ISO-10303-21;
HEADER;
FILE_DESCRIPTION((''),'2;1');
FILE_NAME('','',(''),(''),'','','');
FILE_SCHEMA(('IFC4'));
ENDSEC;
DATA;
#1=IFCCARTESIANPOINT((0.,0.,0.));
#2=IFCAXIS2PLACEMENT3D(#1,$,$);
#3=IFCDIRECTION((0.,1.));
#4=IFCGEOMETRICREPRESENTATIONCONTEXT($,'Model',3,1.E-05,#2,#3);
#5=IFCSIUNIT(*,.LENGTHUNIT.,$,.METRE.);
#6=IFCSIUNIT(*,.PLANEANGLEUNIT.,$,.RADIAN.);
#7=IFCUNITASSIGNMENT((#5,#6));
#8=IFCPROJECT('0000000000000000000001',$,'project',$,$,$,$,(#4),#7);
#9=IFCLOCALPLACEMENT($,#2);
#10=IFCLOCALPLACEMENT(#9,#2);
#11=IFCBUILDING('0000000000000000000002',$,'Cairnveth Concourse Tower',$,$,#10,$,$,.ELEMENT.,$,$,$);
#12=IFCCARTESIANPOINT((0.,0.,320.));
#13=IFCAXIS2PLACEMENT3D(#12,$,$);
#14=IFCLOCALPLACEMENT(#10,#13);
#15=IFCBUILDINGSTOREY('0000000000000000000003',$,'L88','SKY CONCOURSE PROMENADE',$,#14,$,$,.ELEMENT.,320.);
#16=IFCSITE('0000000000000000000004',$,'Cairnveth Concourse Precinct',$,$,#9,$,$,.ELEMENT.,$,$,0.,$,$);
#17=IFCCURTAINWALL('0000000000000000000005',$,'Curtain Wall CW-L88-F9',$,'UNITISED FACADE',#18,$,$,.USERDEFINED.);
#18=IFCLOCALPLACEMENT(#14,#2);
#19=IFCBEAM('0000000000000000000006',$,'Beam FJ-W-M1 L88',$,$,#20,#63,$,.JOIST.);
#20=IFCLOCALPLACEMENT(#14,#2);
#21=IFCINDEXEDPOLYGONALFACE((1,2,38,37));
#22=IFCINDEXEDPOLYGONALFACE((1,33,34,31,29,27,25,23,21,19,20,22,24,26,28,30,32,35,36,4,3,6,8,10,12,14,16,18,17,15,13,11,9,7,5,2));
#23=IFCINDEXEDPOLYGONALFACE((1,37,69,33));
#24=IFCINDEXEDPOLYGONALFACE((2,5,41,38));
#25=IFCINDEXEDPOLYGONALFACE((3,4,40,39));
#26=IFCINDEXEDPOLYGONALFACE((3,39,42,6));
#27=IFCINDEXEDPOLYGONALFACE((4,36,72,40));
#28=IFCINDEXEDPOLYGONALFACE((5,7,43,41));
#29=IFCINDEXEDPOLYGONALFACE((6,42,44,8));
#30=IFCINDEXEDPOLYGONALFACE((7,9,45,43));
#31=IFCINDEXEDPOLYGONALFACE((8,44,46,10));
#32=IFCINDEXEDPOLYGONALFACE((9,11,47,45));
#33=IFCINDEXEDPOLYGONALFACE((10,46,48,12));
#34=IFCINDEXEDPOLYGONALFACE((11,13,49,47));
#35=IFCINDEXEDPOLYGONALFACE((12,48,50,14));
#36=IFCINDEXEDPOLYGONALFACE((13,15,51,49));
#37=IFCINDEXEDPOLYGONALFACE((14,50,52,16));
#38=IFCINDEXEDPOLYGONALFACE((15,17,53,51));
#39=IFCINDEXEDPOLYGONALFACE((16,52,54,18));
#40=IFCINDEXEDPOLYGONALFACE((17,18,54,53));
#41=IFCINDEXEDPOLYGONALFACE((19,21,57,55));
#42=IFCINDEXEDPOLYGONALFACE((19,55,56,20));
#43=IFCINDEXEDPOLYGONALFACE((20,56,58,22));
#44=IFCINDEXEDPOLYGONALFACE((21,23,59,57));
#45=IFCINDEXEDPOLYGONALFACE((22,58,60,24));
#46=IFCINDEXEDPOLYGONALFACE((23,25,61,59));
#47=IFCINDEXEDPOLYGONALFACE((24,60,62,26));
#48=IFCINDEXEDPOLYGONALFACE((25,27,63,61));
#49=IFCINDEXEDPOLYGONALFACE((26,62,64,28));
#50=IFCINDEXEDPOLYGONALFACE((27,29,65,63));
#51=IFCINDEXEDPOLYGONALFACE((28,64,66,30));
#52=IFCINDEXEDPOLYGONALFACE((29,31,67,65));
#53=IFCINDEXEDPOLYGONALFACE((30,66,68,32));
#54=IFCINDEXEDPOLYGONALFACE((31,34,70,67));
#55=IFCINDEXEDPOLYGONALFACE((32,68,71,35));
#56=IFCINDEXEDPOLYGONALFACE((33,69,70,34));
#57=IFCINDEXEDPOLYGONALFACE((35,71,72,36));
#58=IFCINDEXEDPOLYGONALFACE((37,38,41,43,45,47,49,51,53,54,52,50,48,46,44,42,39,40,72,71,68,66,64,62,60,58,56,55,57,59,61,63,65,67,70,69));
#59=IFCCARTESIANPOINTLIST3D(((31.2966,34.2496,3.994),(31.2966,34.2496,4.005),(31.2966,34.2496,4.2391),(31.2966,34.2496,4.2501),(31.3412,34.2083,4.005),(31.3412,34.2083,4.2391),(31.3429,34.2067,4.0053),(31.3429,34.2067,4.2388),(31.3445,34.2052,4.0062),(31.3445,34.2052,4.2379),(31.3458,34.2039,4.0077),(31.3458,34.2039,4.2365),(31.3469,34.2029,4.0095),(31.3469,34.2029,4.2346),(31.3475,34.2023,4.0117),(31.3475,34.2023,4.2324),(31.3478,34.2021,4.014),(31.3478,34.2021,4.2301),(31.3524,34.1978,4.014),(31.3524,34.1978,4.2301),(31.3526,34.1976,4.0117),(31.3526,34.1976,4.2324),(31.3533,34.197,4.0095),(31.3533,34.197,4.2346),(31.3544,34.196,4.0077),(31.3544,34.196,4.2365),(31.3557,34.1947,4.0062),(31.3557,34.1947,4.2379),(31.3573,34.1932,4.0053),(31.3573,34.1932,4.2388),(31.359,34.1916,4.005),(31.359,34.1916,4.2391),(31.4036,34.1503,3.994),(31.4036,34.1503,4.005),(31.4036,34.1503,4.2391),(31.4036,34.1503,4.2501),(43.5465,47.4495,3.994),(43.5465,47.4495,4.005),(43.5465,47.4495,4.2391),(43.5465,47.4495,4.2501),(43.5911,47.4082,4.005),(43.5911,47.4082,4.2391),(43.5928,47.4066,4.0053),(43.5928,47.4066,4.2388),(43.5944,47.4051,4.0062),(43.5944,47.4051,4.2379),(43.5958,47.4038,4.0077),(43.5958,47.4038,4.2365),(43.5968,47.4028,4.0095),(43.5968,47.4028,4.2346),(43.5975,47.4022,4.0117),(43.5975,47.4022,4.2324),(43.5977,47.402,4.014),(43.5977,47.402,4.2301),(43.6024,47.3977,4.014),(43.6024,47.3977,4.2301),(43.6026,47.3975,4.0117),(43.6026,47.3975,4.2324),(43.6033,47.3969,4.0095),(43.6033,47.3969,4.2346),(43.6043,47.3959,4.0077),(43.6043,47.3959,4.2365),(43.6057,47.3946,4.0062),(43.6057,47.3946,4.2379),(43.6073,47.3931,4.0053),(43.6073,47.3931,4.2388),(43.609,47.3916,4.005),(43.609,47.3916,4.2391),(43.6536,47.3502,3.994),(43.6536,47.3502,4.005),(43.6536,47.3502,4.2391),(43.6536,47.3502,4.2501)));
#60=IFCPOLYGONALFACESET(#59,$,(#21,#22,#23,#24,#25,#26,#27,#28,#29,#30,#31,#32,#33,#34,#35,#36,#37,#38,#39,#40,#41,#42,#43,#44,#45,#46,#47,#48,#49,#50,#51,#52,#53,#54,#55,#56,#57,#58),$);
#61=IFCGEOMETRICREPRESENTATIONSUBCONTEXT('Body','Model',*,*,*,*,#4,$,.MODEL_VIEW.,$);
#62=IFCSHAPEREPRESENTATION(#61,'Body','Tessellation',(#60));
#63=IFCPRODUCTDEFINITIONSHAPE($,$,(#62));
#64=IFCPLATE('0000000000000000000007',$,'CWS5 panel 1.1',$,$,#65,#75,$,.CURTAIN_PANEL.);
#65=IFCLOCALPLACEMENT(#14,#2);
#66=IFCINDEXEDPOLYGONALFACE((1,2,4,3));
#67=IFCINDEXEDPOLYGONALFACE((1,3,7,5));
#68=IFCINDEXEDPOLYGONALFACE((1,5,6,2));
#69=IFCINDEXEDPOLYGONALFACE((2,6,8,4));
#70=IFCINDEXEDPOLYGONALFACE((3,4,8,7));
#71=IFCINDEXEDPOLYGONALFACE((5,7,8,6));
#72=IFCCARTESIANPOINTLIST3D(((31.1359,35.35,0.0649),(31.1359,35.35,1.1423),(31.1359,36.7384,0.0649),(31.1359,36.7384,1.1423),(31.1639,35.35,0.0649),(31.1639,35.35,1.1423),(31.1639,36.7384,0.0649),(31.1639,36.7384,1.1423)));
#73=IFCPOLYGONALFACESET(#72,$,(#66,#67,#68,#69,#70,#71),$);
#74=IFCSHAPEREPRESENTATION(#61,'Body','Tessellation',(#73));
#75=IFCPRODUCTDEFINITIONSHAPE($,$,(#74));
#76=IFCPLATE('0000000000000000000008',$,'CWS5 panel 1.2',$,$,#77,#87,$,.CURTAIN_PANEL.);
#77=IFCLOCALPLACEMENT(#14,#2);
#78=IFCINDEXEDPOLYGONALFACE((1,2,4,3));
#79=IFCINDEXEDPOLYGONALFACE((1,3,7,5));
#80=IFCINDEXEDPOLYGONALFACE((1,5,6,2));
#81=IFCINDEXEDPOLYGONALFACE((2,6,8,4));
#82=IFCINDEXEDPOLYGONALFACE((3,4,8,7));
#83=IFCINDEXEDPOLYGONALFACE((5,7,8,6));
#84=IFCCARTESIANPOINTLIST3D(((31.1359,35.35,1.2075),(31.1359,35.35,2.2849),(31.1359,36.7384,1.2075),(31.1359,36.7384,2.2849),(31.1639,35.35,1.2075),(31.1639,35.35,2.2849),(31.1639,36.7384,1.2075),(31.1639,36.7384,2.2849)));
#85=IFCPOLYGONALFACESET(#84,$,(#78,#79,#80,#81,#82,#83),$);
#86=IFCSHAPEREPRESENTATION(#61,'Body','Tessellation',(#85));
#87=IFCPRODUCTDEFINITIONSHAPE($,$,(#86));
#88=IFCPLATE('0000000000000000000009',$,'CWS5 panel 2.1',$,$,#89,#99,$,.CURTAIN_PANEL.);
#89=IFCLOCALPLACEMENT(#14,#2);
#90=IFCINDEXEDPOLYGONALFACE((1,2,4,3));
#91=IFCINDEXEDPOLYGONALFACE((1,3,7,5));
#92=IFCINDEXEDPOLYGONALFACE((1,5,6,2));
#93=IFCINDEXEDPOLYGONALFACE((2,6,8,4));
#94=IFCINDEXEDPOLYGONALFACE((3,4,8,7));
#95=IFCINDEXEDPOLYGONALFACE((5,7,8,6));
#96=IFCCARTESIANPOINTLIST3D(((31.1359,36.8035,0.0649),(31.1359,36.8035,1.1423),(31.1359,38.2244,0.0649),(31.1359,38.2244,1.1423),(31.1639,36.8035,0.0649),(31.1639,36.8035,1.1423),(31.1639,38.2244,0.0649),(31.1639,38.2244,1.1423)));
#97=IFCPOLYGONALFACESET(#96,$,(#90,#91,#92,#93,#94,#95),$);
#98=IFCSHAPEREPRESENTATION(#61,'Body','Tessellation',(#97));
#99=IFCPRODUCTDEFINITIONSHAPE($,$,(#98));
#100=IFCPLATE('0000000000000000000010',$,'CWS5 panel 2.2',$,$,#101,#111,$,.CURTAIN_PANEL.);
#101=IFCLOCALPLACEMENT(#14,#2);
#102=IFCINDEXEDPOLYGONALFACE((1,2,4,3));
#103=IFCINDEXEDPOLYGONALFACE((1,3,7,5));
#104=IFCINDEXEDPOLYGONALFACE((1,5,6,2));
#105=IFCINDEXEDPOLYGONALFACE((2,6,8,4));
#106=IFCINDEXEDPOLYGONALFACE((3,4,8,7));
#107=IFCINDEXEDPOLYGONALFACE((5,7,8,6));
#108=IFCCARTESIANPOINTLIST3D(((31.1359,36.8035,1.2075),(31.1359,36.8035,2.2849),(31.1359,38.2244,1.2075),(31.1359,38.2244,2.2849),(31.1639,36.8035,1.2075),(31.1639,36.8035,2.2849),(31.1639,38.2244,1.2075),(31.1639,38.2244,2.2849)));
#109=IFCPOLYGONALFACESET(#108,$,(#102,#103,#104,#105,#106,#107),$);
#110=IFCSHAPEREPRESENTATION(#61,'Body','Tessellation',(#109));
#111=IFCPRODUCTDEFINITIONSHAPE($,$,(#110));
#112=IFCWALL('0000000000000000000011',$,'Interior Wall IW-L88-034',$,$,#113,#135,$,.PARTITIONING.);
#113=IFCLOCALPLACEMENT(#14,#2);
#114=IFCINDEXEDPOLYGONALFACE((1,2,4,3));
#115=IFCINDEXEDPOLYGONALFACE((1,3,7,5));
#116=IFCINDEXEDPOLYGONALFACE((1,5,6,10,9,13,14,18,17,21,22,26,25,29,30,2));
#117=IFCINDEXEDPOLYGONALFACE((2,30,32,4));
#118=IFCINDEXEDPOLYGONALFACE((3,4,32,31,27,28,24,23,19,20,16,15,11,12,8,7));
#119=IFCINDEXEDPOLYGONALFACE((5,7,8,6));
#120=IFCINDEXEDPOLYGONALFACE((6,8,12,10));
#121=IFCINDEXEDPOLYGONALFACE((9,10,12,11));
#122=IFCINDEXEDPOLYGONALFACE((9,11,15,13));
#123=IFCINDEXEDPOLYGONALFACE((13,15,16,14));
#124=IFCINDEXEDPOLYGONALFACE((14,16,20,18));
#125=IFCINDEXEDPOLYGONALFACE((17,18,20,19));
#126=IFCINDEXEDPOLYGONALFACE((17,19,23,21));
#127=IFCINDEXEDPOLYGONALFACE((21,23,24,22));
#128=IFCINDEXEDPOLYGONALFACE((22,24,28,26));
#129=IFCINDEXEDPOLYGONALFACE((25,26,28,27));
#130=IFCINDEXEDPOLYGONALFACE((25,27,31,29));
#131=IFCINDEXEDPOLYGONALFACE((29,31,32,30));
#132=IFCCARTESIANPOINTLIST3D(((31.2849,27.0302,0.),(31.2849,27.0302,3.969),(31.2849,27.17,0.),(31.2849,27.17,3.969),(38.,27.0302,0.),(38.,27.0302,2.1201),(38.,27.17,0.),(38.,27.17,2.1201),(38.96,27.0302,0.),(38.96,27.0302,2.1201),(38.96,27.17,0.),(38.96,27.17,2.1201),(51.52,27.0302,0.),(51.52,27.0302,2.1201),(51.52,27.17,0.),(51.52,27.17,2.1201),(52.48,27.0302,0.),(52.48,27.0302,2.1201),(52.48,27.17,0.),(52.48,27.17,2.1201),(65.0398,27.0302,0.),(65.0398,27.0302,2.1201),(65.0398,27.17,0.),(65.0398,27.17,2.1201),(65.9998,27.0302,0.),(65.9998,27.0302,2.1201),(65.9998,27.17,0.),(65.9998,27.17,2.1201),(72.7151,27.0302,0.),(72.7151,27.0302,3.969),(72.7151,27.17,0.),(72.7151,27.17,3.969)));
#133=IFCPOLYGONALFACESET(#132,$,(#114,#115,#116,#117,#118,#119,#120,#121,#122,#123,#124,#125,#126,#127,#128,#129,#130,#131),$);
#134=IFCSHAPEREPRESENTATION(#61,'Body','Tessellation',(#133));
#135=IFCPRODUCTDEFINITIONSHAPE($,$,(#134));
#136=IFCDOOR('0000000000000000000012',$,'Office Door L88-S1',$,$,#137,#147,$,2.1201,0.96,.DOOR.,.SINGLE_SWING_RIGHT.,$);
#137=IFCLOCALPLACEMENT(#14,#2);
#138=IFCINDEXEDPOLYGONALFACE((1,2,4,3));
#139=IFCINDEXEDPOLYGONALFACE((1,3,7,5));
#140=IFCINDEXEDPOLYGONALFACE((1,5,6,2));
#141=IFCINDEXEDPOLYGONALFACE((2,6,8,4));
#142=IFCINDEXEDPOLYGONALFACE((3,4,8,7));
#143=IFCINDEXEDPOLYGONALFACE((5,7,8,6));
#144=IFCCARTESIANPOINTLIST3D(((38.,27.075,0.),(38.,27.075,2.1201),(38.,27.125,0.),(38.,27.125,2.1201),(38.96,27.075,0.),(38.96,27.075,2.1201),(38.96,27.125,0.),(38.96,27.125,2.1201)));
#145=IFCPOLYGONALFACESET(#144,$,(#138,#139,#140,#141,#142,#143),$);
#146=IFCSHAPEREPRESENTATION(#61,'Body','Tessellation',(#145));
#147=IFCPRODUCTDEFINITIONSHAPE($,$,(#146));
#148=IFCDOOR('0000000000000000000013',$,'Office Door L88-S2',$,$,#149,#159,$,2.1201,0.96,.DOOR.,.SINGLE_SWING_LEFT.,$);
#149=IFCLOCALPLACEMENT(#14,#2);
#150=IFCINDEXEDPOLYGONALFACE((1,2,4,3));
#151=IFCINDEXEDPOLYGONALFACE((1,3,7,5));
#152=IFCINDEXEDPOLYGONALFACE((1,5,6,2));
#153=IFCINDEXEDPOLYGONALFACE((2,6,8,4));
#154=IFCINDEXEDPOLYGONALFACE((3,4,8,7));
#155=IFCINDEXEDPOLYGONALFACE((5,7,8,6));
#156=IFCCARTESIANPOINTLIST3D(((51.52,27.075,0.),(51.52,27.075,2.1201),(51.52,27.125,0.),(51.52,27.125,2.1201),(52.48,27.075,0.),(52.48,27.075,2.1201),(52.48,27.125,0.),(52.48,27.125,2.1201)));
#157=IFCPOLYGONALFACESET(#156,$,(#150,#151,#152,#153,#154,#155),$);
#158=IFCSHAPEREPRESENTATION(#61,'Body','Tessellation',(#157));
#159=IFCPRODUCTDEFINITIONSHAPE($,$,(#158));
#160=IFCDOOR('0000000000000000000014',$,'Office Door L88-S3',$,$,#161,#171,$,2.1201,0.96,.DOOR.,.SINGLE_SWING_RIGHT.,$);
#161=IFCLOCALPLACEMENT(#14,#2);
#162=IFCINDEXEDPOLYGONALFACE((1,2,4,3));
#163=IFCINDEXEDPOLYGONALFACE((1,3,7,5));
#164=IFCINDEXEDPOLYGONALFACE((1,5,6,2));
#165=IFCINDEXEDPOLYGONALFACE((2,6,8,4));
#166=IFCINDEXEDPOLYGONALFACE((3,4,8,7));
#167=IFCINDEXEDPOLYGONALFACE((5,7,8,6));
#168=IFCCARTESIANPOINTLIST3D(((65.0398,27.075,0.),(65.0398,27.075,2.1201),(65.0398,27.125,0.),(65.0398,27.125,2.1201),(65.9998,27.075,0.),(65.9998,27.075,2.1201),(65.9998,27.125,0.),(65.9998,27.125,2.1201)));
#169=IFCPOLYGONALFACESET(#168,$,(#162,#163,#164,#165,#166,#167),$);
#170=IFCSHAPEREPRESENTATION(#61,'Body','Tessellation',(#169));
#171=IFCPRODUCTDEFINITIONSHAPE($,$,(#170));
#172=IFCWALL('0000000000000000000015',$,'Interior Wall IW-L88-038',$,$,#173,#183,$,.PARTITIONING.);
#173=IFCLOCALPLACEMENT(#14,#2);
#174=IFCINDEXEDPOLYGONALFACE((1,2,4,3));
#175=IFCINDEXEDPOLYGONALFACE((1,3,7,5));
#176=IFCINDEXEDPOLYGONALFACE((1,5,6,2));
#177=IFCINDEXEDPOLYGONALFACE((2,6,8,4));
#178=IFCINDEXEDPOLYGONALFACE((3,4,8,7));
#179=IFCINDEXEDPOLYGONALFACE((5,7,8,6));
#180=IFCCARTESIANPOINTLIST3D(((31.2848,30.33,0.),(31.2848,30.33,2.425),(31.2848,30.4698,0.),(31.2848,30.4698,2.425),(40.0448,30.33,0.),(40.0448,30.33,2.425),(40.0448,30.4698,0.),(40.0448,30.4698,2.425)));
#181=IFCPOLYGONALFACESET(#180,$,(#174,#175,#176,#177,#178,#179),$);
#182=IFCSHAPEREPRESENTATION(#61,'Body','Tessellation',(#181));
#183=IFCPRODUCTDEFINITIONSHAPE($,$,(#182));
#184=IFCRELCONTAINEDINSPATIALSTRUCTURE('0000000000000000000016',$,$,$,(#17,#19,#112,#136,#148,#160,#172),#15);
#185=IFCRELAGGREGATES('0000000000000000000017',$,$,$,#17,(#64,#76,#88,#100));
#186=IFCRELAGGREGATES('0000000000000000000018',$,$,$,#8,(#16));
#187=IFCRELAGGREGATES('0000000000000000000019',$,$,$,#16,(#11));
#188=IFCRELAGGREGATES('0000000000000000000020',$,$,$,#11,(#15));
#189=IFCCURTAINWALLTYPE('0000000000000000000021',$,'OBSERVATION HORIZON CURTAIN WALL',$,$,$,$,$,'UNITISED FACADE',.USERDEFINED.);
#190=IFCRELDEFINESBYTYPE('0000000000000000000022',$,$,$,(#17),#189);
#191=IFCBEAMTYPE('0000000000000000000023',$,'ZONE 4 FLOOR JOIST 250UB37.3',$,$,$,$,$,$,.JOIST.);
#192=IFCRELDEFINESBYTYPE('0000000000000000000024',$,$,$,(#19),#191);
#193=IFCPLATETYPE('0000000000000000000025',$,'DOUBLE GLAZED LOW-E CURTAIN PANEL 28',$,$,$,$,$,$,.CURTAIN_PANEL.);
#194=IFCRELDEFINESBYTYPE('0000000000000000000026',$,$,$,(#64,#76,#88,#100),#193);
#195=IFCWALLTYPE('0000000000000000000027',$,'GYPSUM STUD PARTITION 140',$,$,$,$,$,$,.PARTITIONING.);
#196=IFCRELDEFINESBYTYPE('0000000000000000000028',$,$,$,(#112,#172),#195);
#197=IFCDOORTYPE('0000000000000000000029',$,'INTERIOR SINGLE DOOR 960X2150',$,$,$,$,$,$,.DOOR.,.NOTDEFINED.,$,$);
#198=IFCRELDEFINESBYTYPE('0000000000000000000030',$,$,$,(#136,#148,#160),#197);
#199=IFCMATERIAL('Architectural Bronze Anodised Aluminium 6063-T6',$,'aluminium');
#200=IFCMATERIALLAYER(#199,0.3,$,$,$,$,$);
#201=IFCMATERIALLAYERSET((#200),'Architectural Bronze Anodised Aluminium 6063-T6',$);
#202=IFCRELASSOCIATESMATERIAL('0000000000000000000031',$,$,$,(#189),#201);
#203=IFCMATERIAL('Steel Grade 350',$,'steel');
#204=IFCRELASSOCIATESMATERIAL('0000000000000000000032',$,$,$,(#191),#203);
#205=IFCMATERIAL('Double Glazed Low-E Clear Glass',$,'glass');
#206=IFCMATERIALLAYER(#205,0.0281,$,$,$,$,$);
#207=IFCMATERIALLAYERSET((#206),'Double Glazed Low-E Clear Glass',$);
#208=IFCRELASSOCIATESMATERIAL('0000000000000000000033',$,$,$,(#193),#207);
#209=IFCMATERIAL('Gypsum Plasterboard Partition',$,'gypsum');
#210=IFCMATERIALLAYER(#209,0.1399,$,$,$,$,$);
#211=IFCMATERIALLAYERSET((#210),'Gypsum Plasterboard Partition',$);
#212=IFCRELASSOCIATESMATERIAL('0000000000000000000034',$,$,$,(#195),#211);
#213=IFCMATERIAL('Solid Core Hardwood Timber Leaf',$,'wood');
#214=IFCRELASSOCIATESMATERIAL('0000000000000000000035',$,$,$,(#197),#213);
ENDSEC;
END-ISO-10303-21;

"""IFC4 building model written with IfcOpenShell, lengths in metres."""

from ifc_helpers import new_model, si_unit, direction, frame, frame_2d, origin, origin_2d, place, context, subcontext, project, spatial, rectangle, i_section, extrude, material, layer, layer_set, material_profile, profile_set, type_object, element, fill, aggregate, save


model = new_model("IFC4")

# Units and contexts
model_context = context("Model", 3, precision=1e-05, world=origin(), true_north=direction((0.0, 1.0)))
body_context = subcontext(model_context, "Body", "Model", "MODEL_VIEW")
ifc_project = project(units=[si_unit("LENGTHUNIT", "METRE"), si_unit("PLANEANGLEUNIT", "RADIAN")], contexts=[model_context])

# Site, building, storey
site_placement = place(None, origin())
site = spatial("IfcSite", under=ifc_project, at=site_placement, Name="Cairnveth Concourse Precinct", CompositionType="ELEMENT", RefElevation=0.0)
building_placement = place(site_placement, origin())
building = spatial("IfcBuilding", under=site, at=building_placement, Name="Cairnveth Concourse Tower", CompositionType="ELEMENT")
storey_placement = place(building_placement, frame((0.0, 0.0, 320.0)))
storey = spatial("IfcBuildingStorey", under=building, at=storey_placement, Name="L88", Description="SKY CONCOURSE PROMENADE", CompositionType="ELEMENT", Elevation=320.0)

# Curtain wall
ifc_material_1 = material(Name="Architectural Bronze Anodised Aluminium 6063-T6", Category="aluminium")
ifc_layer_1 = layer(ifc_material_1, 0.3)
ifc_layer_set_1 = layer_set([ifc_layer_1], Name="Architectural Bronze Anodised Aluminium 6063-T6")
curtain_wall_type = type_object("IfcCurtainWallType", Name="OBSERVATION HORIZON CURTAIN WALL", ElementType="UNITISED FACADE", PredefinedType="USERDEFINED", material=ifc_layer_set_1)
curtain_wall_placement = place(storey_placement, origin())
curtain_wall = element("IfcCurtainWall", 1, at=curtain_wall_placement, inside=storey, type_object=curtain_wall_type, Name="Curtain Wall CW-L88-F9", ObjectType="UNITISED FACADE", PredefinedType="USERDEFINED")

# Beam
ifc_material_2 = material(Name="Steel Grade 350", Category="steel")
ifc_material_profile_1 = material_profile(ifc_material_2, i_section(OverallWidth=0.146, OverallDepth=0.2561, WebThickness=0.0063, FlangeThickness=0.011, FilletRadius=0.009, at=origin_2d()), Name="250UB37.3")
ifc_profile_set_1 = profile_set([ifc_material_profile_1], Name="Steel Grade 350")
beam_type_1 = type_object("IfcBeamType", Name="ZONE 4 FLOOR JOIST 250UB37.3", PredefinedType="JOIST", material=ifc_profile_set_1)
beam_1_placement = place(storey_placement, frame((31.3501, 34.2, 4.1221), z_axis=(0.680239, 0.73299, 0.0), x_axis=(-0.73299, 0.680239, 0.0)))
element("IfcBeam", 2, at=beam_1_placement, inside=storey, type_object=beam_type_1, Name="Beam FJ-W-M1 L88", PredefinedType="JOIST", context=body_context, shape_type="SweptSolid", body=[
    extrude(i_section(OverallWidth=0.146, OverallDepth=0.2561, WebThickness=0.0063, FlangeThickness=0.011, FilletRadius=0.009, at=origin_2d()), origin(), (0.0, 0.0, 1.0), 18.0083),
])

# Plates
ifc_material_3 = material(Name="Double Glazed Low-E Clear Glass", Category="glass")
ifc_layer_2 = layer(ifc_material_3, 0.0281)
ifc_layer_set_2 = layer_set([ifc_layer_2], Name="Double Glazed Low-E Clear Glass")
plate_type = type_object("IfcPlateType", Name="DOUBLE GLAZED LOW-E CURTAIN PANEL 28", PredefinedType="CURTAIN_PANEL", material=ifc_layer_set_2)
plate_1_placement = place(storey_placement, frame((31.1499, 36.0442, 0.0649), z_axis=(0.0, 0.0, 1.0), x_axis=(0.0, 1.0, 0.0)))
plate_1 = element("IfcPlate", 3, at=plate_1_placement, type_object=plate_type, Name="CWS5 panel 1.1", PredefinedType="CURTAIN_PANEL", context=body_context, shape_type="SweptSolid", body=[
    extrude(rectangle(XDim=1.3884, YDim=0.0281, at=origin_2d()), origin(), (0.0, 0.0, 1.0), 1.0774),
])
plate_2_placement = place(storey_placement, frame((31.1499, 36.0442, 1.2075), z_axis=(0.0, 0.0, 1.0), x_axis=(0.0, 1.0, 0.0)))
plate_2 = element("IfcPlate", 4, at=plate_2_placement, type_object=plate_type, Name="CWS5 panel 1.2", PredefinedType="CURTAIN_PANEL", context=body_context, shape_type="SweptSolid", body=[
    extrude(rectangle(XDim=1.3884, YDim=0.0281, at=origin_2d()), origin(), (0.0, 0.0, 1.0), 1.0774),
])
plate_3_placement = place(storey_placement, frame((31.1499, 37.5139, 0.0649), z_axis=(0.0, 0.0, 1.0), x_axis=(0.0, 1.0, 0.0)))
plate_3 = element("IfcPlate", 5, at=plate_3_placement, type_object=plate_type, Name="CWS5 panel 2.1", PredefinedType="CURTAIN_PANEL", context=body_context, shape_type="SweptSolid", body=[
    extrude(rectangle(XDim=1.4209, YDim=0.0281, at=origin_2d()), origin(), (0.0, 0.0, 1.0), 1.0774),
])
plate_4_placement = place(storey_placement, frame((31.1499, 37.5139, 1.2075), z_axis=(0.0, 0.0, 1.0), x_axis=(0.0, 1.0, 0.0)))
plate_4 = element("IfcPlate", 6, at=plate_4_placement, type_object=plate_type, Name="CWS5 panel 2.2", PredefinedType="CURTAIN_PANEL", context=body_context, shape_type="SweptSolid", body=[
    extrude(rectangle(XDim=1.4209, YDim=0.0281, at=origin_2d()), origin(), (0.0, 0.0, 1.0), 1.0774),
])
aggregate(curtain_wall, [plate_1, plate_2, plate_3, plate_4])

# Wall, openings, doors
ifc_material_4 = material(Name="Gypsum Plasterboard Partition", Category="gypsum")
ifc_layer_3 = layer(ifc_material_4, 0.1399)
ifc_layer_set_3 = layer_set([ifc_layer_3], Name="Gypsum Plasterboard Partition")
wall_type = type_object("IfcWallType", Name="GYPSUM STUD PARTITION 140", PredefinedType="PARTITIONING", material=ifc_layer_set_3)
wall_1_placement = place(storey_placement, frame((31.2849, 27.1001, 0.0), z_axis=(0.0, 0.0, 1.0), x_axis=(1.0, 0.0, 0.0)))
wall_1 = element("IfcWall", 7, at=wall_1_placement, inside=storey, type_object=wall_type, Name="Interior Wall IW-L88-034", PredefinedType="PARTITIONING", context=body_context, shape_type="SweptSolid", body=[
    extrude(rectangle(XDim=41.4302, YDim=0.1399, at=frame_2d((20.7151, 0.0))), origin(), (0.0, 0.0, 1.0), 3.969),
])
opening_1_placement = place(wall_1_placement, frame((6.7151, 0.0, 0.0)))
opening_1 = element("IfcOpeningElement", 8, at=opening_1_placement, cuts=wall_1, PredefinedType="OPENING", context=body_context, shape_type="SweptSolid", body=[
    extrude(rectangle(XDim=0.96, YDim=2.1201, at=frame_2d((0.48, 1.0601))), frame((0.0, 0.0798, 0.0), z_axis=(0.0, -1.0, 0.0), x_axis=(1.0, 0.0, 0.0)), (0.0, 0.0, 1.0), 0.1599),
])
opening_2_placement = place(wall_1_placement, frame((20.2351, 0.0, 0.0)))
opening_2 = element("IfcOpeningElement", 9, at=opening_2_placement, cuts=wall_1, PredefinedType="OPENING", context=body_context, shape_type="SweptSolid", body=[
    extrude(rectangle(XDim=0.96, YDim=2.1201, at=frame_2d((0.48, 1.0601))), frame((0.0, 0.0798, 0.0), z_axis=(0.0, -1.0, 0.0), x_axis=(1.0, 0.0, 0.0)), (0.0, 0.0, 1.0), 0.1599),
])
opening_3_placement = place(wall_1_placement, frame((33.7549, 0.0, 0.0)))
opening_3 = element("IfcOpeningElement", 10, at=opening_3_placement, cuts=wall_1, PredefinedType="OPENING", context=body_context, shape_type="SweptSolid", body=[
    extrude(rectangle(XDim=0.96, YDim=2.1201, at=frame_2d((0.48, 1.0601))), frame((0.0, 0.0798, 0.0), z_axis=(0.0, -1.0, 0.0), x_axis=(1.0, 0.0, 0.0)), (0.0, 0.0, 1.0), 0.1599),
])
ifc_material_5 = material(Name="Solid Core Hardwood Timber Leaf", Category="wood")
door_type = type_object("IfcDoorType", Name="INTERIOR SINGLE DOOR 960X2150", OperationType="NOTDEFINED", PredefinedType="DOOR", material=ifc_material_5)
door_1_placement = place(opening_1_placement, origin())
door_1 = element("IfcDoor", 11, at=door_1_placement, inside=storey, type_object=door_type, Name="Office Door L88-S1", OperationType="SINGLE_SWING_RIGHT", OverallHeight=2.1201, OverallWidth=0.96, PredefinedType="DOOR", context=body_context, shape_type="SweptSolid", body=[
    extrude(rectangle(XDim=0.96, YDim=2.1201, at=frame_2d((0.48, 1.0601))), frame((0.0, 0.0249, 0.0), z_axis=(0.0, -1.0, 0.0), x_axis=(1.0, 0.0, 0.0)), (0.0, 0.0, 1.0), 0.05),
])
fill(opening_1, door_1)
door_2_placement = place(opening_2_placement, origin())
door_2 = element("IfcDoor", 12, at=door_2_placement, inside=storey, type_object=door_type, Name="Office Door L88-S2", OperationType="SINGLE_SWING_LEFT", OverallHeight=2.1201, OverallWidth=0.96, PredefinedType="DOOR", context=body_context, shape_type="SweptSolid", body=[
    extrude(rectangle(XDim=0.96, YDim=2.1201, at=frame_2d((0.48, 1.0601))), frame((0.0, 0.0249, 0.0), z_axis=(0.0, -1.0, 0.0), x_axis=(1.0, 0.0, 0.0)), (0.0, 0.0, 1.0), 0.05),
])
fill(opening_2, door_2)
door_3_placement = place(opening_3_placement, origin())
door_3 = element("IfcDoor", 13, at=door_3_placement, inside=storey, type_object=door_type, Name="Office Door L88-S3", OperationType="SINGLE_SWING_RIGHT", OverallHeight=2.1201, OverallWidth=0.96, PredefinedType="DOOR", context=body_context, shape_type="SweptSolid", body=[
    extrude(rectangle(XDim=0.96, YDim=2.1201, at=frame_2d((0.48, 1.0601))), frame((0.0, 0.0249, 0.0), z_axis=(0.0, -1.0, 0.0), x_axis=(1.0, 0.0, 0.0)), (0.0, 0.0, 1.0), 0.05),
])
fill(opening_3, door_3)

# Wall
wall_2_placement = place(storey_placement, frame((31.2849, 30.3999, 0.0), z_axis=(0.0, 0.0, 1.0), x_axis=(1.0, 0.0, 0.0)))
element("IfcWall", 14, at=wall_2_placement, inside=storey, type_object=wall_type, Name="Interior Wall IW-L88-038", PredefinedType="PARTITIONING", context=body_context, shape_type="SweptSolid", body=[
    extrude(rectangle(XDim=8.76, YDim=0.1399, at=frame_2d((4.3799, 0.0))), origin(), (0.0, 0.0, 1.0), 2.425),
])

save(model, "model.ifc")
